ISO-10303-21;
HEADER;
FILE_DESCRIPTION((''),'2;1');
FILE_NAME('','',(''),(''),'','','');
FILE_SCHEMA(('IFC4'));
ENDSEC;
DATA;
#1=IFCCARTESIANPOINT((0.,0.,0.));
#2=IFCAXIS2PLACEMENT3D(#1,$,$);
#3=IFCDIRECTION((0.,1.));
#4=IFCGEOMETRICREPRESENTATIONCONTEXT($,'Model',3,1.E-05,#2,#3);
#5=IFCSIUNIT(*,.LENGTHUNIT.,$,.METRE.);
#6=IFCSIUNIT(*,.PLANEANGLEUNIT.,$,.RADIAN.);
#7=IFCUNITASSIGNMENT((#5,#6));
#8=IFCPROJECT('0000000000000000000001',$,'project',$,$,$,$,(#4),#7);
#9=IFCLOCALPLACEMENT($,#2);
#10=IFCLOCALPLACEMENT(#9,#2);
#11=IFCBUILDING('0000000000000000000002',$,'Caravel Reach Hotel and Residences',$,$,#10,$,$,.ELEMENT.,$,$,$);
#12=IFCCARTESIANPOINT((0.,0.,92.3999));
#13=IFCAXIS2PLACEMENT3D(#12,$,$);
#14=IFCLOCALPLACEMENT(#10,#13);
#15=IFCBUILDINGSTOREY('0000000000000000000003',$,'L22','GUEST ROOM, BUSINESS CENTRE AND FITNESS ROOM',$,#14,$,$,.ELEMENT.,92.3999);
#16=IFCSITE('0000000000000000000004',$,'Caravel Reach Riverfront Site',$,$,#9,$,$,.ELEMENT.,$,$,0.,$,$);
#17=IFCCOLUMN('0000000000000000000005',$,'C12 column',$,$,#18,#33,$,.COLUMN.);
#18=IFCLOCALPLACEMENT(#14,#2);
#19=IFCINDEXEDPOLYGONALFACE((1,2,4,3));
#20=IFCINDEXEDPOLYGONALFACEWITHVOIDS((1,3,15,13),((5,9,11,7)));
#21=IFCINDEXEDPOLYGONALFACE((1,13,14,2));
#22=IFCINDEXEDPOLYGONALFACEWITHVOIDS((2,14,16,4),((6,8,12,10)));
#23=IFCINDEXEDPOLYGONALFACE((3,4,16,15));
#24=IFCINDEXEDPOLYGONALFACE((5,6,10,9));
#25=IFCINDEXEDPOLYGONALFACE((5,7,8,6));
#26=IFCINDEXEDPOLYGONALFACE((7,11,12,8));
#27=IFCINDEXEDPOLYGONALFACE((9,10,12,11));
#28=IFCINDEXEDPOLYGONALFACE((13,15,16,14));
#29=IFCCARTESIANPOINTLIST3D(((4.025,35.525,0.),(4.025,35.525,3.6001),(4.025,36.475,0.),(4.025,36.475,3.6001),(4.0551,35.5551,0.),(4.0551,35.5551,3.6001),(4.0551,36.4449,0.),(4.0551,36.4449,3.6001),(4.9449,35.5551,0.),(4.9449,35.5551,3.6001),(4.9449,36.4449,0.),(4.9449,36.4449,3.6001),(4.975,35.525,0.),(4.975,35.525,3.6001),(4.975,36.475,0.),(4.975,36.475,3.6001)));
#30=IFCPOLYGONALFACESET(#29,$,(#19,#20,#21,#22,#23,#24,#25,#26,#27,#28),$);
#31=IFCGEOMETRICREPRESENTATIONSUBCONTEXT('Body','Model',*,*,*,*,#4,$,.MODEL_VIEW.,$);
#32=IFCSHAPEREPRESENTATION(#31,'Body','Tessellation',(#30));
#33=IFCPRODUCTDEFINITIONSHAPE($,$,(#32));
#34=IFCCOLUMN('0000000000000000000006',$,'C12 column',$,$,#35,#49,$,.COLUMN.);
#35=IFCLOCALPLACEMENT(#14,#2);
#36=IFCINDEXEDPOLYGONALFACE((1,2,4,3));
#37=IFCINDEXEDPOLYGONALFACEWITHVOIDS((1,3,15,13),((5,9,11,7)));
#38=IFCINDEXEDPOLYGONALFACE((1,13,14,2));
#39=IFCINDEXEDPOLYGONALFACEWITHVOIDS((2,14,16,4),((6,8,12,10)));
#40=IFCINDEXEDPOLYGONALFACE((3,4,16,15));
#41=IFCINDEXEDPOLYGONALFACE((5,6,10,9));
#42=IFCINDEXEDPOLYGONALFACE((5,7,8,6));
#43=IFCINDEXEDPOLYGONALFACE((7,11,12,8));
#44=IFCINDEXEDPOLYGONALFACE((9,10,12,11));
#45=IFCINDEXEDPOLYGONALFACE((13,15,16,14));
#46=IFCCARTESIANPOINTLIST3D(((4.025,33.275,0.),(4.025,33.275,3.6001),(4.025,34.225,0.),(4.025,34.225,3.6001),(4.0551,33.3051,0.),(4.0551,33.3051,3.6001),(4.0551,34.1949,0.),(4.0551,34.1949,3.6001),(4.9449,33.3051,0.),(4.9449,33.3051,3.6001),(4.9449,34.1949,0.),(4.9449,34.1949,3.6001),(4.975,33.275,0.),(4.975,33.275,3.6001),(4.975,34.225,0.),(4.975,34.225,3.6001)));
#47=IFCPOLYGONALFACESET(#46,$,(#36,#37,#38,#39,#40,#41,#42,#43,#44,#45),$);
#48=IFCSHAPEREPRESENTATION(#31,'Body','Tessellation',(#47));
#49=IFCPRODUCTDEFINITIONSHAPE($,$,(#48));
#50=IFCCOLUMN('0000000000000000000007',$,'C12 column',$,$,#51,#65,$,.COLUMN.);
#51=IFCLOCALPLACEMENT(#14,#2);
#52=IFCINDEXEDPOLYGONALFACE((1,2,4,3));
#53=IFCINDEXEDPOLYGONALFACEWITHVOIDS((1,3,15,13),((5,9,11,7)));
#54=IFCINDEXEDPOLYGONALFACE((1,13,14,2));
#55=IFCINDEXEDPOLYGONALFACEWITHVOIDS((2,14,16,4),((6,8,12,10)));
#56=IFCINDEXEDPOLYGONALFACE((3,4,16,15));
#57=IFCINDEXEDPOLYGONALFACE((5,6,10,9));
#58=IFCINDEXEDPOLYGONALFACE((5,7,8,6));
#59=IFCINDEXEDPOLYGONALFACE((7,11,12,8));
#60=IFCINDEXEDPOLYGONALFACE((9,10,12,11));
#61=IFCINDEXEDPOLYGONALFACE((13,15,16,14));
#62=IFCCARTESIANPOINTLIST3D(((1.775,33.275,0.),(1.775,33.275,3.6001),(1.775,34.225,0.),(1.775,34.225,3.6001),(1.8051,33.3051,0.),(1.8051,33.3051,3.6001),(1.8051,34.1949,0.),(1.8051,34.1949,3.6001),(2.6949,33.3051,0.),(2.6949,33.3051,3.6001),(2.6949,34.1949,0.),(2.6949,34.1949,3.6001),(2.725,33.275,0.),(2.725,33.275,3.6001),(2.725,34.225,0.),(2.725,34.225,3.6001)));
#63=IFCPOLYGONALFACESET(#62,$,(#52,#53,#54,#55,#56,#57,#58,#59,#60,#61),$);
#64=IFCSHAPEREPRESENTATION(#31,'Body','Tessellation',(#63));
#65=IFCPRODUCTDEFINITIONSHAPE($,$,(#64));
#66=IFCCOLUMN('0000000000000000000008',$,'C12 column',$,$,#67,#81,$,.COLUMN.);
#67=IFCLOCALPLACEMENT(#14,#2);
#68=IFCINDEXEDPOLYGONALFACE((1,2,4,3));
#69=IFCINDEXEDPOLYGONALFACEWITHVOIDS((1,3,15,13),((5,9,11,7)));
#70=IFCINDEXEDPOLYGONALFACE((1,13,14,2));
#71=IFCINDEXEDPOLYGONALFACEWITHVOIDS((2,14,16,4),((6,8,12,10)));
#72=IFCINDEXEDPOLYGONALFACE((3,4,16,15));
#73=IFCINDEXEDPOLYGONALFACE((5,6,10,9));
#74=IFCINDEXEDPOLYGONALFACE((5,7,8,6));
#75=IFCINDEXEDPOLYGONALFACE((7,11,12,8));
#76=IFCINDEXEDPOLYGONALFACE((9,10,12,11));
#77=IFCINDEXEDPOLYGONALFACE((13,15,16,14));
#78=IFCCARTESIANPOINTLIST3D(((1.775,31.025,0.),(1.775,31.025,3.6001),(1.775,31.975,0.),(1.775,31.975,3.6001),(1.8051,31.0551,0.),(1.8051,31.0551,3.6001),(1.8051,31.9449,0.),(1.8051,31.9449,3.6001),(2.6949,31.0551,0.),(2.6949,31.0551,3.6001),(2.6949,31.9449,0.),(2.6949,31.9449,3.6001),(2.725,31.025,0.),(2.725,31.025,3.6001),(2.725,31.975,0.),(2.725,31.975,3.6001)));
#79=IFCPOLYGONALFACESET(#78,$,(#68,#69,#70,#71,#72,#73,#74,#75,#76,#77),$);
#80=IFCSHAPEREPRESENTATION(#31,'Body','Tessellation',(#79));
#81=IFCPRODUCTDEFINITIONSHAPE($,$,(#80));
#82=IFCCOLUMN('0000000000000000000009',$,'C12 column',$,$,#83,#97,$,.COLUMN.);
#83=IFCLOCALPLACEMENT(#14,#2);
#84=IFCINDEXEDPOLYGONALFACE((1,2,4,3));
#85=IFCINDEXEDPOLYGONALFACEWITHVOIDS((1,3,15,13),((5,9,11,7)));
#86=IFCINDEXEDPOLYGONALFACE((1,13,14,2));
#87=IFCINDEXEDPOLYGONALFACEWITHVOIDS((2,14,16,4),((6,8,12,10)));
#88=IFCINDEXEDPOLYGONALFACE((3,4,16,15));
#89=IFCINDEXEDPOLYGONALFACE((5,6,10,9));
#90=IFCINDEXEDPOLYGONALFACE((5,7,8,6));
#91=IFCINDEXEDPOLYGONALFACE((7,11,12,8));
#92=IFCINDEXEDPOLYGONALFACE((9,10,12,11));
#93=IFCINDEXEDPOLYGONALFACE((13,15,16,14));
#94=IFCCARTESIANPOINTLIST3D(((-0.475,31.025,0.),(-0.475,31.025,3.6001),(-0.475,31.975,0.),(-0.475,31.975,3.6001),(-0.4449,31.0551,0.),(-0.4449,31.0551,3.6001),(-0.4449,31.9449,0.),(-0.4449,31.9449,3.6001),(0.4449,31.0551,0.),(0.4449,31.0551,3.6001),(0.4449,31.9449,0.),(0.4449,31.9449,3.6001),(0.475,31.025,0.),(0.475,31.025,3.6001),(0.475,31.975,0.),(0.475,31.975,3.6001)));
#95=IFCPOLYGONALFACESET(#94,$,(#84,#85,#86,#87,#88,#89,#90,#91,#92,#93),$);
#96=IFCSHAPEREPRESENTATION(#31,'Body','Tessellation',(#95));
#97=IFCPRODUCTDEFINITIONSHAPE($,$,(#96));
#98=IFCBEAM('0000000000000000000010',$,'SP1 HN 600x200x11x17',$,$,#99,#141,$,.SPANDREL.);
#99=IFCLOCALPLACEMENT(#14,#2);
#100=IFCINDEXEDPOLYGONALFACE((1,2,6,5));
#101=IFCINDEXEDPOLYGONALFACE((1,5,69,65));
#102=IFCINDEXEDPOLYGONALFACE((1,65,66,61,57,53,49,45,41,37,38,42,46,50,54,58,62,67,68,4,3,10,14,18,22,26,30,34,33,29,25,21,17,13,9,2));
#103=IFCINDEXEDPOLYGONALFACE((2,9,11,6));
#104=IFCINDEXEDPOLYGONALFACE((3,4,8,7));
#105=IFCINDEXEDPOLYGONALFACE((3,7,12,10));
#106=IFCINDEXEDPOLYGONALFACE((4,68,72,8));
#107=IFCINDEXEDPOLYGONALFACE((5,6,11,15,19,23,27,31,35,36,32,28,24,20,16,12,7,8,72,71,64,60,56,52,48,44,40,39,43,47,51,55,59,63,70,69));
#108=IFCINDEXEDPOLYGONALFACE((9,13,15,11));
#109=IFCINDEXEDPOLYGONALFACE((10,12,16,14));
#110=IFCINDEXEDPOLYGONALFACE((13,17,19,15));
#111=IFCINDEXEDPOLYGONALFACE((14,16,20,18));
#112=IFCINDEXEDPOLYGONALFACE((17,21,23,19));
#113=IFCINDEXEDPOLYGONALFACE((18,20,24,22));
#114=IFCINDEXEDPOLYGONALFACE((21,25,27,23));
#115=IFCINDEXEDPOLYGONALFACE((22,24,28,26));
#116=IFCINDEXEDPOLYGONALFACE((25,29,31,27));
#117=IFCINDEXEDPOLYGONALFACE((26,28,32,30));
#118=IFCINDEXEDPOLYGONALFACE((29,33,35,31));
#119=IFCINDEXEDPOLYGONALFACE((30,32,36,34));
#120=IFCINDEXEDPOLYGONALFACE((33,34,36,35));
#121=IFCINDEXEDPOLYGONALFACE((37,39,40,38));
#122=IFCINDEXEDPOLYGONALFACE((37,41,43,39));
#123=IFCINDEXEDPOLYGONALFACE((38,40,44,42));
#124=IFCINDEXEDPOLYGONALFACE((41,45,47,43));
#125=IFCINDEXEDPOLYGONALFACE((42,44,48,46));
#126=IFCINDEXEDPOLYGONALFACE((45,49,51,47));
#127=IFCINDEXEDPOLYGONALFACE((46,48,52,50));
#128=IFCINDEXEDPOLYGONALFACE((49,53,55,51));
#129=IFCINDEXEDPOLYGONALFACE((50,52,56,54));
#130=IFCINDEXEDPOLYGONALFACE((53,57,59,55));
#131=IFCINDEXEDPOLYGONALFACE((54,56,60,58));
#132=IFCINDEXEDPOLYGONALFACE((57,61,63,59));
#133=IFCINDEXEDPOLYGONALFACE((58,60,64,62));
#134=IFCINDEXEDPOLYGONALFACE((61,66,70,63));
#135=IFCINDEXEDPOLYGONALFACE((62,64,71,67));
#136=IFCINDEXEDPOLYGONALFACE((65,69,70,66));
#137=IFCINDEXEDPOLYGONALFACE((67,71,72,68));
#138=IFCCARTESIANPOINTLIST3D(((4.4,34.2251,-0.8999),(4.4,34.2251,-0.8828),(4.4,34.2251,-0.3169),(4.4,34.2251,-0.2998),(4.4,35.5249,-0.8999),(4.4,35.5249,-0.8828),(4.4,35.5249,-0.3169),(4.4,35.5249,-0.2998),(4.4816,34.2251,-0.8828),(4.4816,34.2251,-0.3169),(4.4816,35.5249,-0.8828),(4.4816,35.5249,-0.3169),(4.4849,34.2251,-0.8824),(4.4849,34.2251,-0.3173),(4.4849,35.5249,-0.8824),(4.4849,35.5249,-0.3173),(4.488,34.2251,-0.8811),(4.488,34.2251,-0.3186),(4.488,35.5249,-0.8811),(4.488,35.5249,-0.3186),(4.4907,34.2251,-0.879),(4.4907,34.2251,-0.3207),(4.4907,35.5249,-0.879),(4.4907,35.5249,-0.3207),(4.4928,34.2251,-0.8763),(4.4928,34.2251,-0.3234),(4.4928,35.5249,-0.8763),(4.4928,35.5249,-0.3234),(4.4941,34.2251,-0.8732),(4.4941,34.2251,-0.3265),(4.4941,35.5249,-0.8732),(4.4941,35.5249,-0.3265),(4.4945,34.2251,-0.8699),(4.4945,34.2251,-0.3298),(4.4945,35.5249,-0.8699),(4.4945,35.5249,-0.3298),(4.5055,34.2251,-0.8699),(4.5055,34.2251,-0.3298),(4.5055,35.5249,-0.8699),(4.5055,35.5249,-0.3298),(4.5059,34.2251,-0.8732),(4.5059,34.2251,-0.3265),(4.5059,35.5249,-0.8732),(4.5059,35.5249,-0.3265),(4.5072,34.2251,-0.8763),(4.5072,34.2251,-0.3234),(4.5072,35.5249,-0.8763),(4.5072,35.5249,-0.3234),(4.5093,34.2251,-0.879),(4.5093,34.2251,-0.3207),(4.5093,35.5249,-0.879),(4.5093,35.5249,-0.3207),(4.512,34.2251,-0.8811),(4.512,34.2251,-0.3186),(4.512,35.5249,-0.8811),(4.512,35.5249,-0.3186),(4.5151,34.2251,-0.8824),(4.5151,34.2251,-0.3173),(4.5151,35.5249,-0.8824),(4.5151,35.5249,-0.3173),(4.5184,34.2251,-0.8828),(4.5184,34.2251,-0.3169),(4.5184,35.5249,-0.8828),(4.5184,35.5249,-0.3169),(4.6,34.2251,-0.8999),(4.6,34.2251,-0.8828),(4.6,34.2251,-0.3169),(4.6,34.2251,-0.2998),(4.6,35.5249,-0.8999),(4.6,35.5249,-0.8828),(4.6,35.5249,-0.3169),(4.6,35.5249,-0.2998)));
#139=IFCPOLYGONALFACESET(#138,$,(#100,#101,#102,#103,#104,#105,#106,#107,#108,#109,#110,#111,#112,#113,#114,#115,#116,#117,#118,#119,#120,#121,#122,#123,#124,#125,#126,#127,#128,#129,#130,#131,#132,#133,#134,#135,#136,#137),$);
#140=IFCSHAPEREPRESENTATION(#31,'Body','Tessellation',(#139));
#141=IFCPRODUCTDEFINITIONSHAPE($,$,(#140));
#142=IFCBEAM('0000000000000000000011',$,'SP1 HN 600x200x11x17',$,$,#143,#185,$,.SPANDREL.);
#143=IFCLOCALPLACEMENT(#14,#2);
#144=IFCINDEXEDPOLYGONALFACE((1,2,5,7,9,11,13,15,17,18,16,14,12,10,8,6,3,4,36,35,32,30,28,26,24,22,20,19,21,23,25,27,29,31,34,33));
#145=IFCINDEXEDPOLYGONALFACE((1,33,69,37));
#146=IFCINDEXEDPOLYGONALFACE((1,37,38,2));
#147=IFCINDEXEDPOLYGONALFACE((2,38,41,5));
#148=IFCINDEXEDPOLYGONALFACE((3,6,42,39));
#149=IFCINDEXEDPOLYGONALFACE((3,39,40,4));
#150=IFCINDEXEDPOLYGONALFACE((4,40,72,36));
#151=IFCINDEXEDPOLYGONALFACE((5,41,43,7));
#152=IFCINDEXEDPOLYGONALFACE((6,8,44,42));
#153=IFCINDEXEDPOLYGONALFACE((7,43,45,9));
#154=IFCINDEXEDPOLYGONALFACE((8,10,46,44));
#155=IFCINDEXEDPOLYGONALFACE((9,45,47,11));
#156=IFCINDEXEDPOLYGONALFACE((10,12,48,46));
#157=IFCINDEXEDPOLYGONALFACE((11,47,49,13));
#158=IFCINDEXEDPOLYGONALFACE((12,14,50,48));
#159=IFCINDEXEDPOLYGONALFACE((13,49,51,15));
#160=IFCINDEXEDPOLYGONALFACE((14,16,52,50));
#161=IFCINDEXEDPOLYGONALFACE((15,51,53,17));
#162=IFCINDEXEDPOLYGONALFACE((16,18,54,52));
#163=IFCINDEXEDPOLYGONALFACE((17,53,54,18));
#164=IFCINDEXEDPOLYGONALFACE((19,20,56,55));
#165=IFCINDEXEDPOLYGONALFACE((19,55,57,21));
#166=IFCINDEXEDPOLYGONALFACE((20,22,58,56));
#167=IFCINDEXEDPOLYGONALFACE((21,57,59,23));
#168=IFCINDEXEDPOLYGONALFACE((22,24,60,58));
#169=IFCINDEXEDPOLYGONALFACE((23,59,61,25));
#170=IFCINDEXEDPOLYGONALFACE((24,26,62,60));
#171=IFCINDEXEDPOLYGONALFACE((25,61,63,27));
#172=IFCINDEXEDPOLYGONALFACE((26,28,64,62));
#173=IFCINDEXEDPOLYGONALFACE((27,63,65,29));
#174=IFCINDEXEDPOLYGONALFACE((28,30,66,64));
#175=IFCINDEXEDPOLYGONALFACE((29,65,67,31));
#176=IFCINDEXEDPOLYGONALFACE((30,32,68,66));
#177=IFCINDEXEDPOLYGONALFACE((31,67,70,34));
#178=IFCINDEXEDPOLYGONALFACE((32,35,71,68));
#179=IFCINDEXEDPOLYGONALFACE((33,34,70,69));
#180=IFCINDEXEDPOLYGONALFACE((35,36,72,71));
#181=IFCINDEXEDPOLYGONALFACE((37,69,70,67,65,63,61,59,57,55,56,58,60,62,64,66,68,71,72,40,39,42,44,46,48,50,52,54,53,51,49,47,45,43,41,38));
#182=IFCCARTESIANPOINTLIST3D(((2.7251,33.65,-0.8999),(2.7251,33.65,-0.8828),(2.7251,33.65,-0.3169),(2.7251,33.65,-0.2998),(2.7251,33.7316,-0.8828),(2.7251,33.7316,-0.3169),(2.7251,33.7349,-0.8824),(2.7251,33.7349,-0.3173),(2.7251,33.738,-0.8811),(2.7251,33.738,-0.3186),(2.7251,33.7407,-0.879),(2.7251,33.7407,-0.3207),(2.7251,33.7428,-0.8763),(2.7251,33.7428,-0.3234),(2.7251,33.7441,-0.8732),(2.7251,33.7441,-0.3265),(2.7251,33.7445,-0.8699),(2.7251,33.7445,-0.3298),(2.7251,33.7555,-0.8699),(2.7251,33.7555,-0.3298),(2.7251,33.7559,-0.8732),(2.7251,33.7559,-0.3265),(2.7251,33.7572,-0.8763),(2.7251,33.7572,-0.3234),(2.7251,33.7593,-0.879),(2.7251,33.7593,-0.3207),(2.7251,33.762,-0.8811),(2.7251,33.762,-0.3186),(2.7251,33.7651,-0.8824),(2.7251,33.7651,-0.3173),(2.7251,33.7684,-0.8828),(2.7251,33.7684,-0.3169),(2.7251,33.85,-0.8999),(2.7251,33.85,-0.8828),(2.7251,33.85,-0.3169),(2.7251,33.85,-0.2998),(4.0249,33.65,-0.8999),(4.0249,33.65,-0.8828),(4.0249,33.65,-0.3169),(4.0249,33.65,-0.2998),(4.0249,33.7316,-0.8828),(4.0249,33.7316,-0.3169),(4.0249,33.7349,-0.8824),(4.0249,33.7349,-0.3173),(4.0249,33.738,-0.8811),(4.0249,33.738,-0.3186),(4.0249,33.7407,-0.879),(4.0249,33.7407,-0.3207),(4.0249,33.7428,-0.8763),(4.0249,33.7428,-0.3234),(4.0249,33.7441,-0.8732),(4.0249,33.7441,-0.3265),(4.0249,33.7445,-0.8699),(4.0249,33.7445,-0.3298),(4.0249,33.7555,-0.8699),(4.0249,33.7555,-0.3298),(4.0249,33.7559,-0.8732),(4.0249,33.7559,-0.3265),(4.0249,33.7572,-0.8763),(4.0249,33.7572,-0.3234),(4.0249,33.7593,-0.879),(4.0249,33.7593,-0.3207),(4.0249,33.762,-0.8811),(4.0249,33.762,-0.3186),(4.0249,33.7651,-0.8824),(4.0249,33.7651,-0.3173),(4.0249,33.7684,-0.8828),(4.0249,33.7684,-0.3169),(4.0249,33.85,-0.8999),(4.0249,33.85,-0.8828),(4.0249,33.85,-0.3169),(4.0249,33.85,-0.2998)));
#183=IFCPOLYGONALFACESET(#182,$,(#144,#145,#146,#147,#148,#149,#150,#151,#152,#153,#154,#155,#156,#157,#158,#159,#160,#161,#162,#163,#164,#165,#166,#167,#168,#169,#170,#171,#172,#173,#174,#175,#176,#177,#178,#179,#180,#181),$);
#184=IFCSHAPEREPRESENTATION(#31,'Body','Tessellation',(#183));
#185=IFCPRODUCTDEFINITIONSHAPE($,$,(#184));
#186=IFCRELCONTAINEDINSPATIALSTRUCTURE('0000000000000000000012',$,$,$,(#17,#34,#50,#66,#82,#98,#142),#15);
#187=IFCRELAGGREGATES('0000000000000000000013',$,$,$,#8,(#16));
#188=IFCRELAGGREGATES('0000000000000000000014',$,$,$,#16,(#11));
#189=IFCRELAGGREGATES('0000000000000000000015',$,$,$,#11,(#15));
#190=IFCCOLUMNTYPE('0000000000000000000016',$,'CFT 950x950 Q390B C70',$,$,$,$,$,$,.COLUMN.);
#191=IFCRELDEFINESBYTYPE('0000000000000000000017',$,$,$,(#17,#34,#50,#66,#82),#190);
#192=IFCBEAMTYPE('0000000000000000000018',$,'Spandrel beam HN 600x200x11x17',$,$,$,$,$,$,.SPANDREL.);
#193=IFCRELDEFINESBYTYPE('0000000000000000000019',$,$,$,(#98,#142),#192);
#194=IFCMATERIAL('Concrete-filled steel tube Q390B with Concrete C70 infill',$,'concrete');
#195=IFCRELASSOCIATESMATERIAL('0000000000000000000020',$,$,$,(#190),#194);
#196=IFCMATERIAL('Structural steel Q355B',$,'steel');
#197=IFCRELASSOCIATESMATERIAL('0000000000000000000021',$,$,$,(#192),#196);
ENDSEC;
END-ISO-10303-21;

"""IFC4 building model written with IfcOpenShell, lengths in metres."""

from ifc_helpers import new_model, si_unit, direction, frame, origin, origin_2d, place, context, subcontext, project, spatial, hollow_rectangle, i_section, extrude, material, material_profile, profile_set, type_object, element, save


model = new_model("IFC4")

# Units and contexts
model_context = context("Model", 3, precision=1e-05, world=origin(), true_north=direction((0.0, 1.0)))
body_context = subcontext(model_context, "Body", "Model", "MODEL_VIEW")
ifc_project = project(units=[si_unit("LENGTHUNIT", "METRE"), si_unit("PLANEANGLEUNIT", "RADIAN")], contexts=[model_context])

# Site, building, storey
site_placement = place(None, origin())
site = spatial("IfcSite", under=ifc_project, at=site_placement, Name="Caravel Reach Riverfront Site", CompositionType="ELEMENT", RefElevation=0.0)
building_placement = place(site_placement, origin())
building = spatial("IfcBuilding", under=site, at=building_placement, Name="Caravel Reach Hotel and Residences", CompositionType="ELEMENT")
storey_placement = place(building_placement, frame((0.0, 0.0, 92.3999)))
storey = spatial("IfcBuildingStorey", under=building, at=storey_placement, Name="L22", Description="GUEST ROOM, BUSINESS CENTRE AND FITNESS ROOM", CompositionType="ELEMENT", Elevation=92.3999)

# Columns
ifc_material_1 = material(Name="Concrete-filled steel tube Q390B with Concrete C70 infill", Category="concrete")
ifc_material_profile_1 = material_profile(ifc_material_1, hollow_rectangle(XDim=0.95, YDim=0.95, WallThickness=0.03, at=origin_2d()), Name="RHS 950x950x30")
ifc_profile_set_1 = profile_set([ifc_material_profile_1], Name="Concrete-filled steel tube Q390B with Concrete C70 infill")
column_type = type_object("IfcColumnType", Name="CFT 950x950 Q390B C70", PredefinedType="COLUMN", material=ifc_profile_set_1)
for number, where, z_axis, x_axis, name in (
    (1, (4.5, 36.0, 0.0), (0.0, 0.0, 1.0), (1.0, 0.0, 0.0), "C12 column"),
    (2, (4.5, 33.75, 0.0), (0.0, 0.0, 1.0), (1.0, 0.0, 0.0), "C12 column"),
    (3, (2.25, 33.75, 0.0), (0.0, 0.0, 1.0), (1.0, 0.0, 0.0), "C12 column"),
    (4, (2.25, 31.5, 0.0), (0.0, 0.0, 1.0), (1.0, 0.0, 0.0), "C12 column"),
    (5, (0.0, 31.5, 0.0), (0.0, 0.0, 1.0), (1.0, 0.0, 0.0), "C12 column"),
):
    element("IfcColumn", number, at=place(storey_placement, frame(where, z_axis=z_axis, x_axis=x_axis)), inside=storey, type_object=column_type, Name=name, PredefinedType="COLUMN", context=body_context, shape_type="SweptSolid", body=[
        extrude(hollow_rectangle(XDim=0.95, YDim=0.95, WallThickness=0.03, at=origin_2d()), origin(), (0.0, 0.0, 1.0), 3.6001),
    ])

# Beams
ifc_material_2 = material(Name="Structural steel Q355B", Category="steel")
ifc_material_profile_2 = material_profile(ifc_material_2, i_section(OverallWidth=0.2, OverallDepth=0.6001, WebThickness=0.011, FlangeThickness=0.0171, FilletRadius=0.0129, at=origin_2d()), Name="HN 600x200x11x17")
ifc_profile_set_2 = profile_set([ifc_material_profile_2], Name="Structural steel Q355B")
beam_type = type_object("IfcBeamType", Name="Spandrel beam HN 600x200x11x17", PredefinedType="SPANDREL", material=ifc_profile_set_2)
for number, where, z_axis, x_axis, name in (
    (6, (4.5, 35.5249, -0.5999), (0.0, -1.0, 0.0), (1.0, 0.0, 0.0), "SP1 HN 600x200x11x17"),
    (7, (4.0249, 33.75, -0.5999), (-1.0, 0.0, 0.0), (0.0, -1.0, 0.0), "SP1 HN 600x200x11x17"),
):
    element("IfcBeam", number, at=place(storey_placement, frame(where, z_axis=z_axis, x_axis=x_axis)), inside=storey, type_object=beam_type, Name=name, PredefinedType="SPANDREL", context=body_context, shape_type="SweptSolid", body=[
        extrude(i_section(OverallWidth=0.2, OverallDepth=0.6001, WebThickness=0.011, FlangeThickness=0.0171, FilletRadius=0.0129, at=origin_2d()), origin(), (0.0, 0.0, 1.0), 1.2998),
    ])

save(model, "model.ifc")
